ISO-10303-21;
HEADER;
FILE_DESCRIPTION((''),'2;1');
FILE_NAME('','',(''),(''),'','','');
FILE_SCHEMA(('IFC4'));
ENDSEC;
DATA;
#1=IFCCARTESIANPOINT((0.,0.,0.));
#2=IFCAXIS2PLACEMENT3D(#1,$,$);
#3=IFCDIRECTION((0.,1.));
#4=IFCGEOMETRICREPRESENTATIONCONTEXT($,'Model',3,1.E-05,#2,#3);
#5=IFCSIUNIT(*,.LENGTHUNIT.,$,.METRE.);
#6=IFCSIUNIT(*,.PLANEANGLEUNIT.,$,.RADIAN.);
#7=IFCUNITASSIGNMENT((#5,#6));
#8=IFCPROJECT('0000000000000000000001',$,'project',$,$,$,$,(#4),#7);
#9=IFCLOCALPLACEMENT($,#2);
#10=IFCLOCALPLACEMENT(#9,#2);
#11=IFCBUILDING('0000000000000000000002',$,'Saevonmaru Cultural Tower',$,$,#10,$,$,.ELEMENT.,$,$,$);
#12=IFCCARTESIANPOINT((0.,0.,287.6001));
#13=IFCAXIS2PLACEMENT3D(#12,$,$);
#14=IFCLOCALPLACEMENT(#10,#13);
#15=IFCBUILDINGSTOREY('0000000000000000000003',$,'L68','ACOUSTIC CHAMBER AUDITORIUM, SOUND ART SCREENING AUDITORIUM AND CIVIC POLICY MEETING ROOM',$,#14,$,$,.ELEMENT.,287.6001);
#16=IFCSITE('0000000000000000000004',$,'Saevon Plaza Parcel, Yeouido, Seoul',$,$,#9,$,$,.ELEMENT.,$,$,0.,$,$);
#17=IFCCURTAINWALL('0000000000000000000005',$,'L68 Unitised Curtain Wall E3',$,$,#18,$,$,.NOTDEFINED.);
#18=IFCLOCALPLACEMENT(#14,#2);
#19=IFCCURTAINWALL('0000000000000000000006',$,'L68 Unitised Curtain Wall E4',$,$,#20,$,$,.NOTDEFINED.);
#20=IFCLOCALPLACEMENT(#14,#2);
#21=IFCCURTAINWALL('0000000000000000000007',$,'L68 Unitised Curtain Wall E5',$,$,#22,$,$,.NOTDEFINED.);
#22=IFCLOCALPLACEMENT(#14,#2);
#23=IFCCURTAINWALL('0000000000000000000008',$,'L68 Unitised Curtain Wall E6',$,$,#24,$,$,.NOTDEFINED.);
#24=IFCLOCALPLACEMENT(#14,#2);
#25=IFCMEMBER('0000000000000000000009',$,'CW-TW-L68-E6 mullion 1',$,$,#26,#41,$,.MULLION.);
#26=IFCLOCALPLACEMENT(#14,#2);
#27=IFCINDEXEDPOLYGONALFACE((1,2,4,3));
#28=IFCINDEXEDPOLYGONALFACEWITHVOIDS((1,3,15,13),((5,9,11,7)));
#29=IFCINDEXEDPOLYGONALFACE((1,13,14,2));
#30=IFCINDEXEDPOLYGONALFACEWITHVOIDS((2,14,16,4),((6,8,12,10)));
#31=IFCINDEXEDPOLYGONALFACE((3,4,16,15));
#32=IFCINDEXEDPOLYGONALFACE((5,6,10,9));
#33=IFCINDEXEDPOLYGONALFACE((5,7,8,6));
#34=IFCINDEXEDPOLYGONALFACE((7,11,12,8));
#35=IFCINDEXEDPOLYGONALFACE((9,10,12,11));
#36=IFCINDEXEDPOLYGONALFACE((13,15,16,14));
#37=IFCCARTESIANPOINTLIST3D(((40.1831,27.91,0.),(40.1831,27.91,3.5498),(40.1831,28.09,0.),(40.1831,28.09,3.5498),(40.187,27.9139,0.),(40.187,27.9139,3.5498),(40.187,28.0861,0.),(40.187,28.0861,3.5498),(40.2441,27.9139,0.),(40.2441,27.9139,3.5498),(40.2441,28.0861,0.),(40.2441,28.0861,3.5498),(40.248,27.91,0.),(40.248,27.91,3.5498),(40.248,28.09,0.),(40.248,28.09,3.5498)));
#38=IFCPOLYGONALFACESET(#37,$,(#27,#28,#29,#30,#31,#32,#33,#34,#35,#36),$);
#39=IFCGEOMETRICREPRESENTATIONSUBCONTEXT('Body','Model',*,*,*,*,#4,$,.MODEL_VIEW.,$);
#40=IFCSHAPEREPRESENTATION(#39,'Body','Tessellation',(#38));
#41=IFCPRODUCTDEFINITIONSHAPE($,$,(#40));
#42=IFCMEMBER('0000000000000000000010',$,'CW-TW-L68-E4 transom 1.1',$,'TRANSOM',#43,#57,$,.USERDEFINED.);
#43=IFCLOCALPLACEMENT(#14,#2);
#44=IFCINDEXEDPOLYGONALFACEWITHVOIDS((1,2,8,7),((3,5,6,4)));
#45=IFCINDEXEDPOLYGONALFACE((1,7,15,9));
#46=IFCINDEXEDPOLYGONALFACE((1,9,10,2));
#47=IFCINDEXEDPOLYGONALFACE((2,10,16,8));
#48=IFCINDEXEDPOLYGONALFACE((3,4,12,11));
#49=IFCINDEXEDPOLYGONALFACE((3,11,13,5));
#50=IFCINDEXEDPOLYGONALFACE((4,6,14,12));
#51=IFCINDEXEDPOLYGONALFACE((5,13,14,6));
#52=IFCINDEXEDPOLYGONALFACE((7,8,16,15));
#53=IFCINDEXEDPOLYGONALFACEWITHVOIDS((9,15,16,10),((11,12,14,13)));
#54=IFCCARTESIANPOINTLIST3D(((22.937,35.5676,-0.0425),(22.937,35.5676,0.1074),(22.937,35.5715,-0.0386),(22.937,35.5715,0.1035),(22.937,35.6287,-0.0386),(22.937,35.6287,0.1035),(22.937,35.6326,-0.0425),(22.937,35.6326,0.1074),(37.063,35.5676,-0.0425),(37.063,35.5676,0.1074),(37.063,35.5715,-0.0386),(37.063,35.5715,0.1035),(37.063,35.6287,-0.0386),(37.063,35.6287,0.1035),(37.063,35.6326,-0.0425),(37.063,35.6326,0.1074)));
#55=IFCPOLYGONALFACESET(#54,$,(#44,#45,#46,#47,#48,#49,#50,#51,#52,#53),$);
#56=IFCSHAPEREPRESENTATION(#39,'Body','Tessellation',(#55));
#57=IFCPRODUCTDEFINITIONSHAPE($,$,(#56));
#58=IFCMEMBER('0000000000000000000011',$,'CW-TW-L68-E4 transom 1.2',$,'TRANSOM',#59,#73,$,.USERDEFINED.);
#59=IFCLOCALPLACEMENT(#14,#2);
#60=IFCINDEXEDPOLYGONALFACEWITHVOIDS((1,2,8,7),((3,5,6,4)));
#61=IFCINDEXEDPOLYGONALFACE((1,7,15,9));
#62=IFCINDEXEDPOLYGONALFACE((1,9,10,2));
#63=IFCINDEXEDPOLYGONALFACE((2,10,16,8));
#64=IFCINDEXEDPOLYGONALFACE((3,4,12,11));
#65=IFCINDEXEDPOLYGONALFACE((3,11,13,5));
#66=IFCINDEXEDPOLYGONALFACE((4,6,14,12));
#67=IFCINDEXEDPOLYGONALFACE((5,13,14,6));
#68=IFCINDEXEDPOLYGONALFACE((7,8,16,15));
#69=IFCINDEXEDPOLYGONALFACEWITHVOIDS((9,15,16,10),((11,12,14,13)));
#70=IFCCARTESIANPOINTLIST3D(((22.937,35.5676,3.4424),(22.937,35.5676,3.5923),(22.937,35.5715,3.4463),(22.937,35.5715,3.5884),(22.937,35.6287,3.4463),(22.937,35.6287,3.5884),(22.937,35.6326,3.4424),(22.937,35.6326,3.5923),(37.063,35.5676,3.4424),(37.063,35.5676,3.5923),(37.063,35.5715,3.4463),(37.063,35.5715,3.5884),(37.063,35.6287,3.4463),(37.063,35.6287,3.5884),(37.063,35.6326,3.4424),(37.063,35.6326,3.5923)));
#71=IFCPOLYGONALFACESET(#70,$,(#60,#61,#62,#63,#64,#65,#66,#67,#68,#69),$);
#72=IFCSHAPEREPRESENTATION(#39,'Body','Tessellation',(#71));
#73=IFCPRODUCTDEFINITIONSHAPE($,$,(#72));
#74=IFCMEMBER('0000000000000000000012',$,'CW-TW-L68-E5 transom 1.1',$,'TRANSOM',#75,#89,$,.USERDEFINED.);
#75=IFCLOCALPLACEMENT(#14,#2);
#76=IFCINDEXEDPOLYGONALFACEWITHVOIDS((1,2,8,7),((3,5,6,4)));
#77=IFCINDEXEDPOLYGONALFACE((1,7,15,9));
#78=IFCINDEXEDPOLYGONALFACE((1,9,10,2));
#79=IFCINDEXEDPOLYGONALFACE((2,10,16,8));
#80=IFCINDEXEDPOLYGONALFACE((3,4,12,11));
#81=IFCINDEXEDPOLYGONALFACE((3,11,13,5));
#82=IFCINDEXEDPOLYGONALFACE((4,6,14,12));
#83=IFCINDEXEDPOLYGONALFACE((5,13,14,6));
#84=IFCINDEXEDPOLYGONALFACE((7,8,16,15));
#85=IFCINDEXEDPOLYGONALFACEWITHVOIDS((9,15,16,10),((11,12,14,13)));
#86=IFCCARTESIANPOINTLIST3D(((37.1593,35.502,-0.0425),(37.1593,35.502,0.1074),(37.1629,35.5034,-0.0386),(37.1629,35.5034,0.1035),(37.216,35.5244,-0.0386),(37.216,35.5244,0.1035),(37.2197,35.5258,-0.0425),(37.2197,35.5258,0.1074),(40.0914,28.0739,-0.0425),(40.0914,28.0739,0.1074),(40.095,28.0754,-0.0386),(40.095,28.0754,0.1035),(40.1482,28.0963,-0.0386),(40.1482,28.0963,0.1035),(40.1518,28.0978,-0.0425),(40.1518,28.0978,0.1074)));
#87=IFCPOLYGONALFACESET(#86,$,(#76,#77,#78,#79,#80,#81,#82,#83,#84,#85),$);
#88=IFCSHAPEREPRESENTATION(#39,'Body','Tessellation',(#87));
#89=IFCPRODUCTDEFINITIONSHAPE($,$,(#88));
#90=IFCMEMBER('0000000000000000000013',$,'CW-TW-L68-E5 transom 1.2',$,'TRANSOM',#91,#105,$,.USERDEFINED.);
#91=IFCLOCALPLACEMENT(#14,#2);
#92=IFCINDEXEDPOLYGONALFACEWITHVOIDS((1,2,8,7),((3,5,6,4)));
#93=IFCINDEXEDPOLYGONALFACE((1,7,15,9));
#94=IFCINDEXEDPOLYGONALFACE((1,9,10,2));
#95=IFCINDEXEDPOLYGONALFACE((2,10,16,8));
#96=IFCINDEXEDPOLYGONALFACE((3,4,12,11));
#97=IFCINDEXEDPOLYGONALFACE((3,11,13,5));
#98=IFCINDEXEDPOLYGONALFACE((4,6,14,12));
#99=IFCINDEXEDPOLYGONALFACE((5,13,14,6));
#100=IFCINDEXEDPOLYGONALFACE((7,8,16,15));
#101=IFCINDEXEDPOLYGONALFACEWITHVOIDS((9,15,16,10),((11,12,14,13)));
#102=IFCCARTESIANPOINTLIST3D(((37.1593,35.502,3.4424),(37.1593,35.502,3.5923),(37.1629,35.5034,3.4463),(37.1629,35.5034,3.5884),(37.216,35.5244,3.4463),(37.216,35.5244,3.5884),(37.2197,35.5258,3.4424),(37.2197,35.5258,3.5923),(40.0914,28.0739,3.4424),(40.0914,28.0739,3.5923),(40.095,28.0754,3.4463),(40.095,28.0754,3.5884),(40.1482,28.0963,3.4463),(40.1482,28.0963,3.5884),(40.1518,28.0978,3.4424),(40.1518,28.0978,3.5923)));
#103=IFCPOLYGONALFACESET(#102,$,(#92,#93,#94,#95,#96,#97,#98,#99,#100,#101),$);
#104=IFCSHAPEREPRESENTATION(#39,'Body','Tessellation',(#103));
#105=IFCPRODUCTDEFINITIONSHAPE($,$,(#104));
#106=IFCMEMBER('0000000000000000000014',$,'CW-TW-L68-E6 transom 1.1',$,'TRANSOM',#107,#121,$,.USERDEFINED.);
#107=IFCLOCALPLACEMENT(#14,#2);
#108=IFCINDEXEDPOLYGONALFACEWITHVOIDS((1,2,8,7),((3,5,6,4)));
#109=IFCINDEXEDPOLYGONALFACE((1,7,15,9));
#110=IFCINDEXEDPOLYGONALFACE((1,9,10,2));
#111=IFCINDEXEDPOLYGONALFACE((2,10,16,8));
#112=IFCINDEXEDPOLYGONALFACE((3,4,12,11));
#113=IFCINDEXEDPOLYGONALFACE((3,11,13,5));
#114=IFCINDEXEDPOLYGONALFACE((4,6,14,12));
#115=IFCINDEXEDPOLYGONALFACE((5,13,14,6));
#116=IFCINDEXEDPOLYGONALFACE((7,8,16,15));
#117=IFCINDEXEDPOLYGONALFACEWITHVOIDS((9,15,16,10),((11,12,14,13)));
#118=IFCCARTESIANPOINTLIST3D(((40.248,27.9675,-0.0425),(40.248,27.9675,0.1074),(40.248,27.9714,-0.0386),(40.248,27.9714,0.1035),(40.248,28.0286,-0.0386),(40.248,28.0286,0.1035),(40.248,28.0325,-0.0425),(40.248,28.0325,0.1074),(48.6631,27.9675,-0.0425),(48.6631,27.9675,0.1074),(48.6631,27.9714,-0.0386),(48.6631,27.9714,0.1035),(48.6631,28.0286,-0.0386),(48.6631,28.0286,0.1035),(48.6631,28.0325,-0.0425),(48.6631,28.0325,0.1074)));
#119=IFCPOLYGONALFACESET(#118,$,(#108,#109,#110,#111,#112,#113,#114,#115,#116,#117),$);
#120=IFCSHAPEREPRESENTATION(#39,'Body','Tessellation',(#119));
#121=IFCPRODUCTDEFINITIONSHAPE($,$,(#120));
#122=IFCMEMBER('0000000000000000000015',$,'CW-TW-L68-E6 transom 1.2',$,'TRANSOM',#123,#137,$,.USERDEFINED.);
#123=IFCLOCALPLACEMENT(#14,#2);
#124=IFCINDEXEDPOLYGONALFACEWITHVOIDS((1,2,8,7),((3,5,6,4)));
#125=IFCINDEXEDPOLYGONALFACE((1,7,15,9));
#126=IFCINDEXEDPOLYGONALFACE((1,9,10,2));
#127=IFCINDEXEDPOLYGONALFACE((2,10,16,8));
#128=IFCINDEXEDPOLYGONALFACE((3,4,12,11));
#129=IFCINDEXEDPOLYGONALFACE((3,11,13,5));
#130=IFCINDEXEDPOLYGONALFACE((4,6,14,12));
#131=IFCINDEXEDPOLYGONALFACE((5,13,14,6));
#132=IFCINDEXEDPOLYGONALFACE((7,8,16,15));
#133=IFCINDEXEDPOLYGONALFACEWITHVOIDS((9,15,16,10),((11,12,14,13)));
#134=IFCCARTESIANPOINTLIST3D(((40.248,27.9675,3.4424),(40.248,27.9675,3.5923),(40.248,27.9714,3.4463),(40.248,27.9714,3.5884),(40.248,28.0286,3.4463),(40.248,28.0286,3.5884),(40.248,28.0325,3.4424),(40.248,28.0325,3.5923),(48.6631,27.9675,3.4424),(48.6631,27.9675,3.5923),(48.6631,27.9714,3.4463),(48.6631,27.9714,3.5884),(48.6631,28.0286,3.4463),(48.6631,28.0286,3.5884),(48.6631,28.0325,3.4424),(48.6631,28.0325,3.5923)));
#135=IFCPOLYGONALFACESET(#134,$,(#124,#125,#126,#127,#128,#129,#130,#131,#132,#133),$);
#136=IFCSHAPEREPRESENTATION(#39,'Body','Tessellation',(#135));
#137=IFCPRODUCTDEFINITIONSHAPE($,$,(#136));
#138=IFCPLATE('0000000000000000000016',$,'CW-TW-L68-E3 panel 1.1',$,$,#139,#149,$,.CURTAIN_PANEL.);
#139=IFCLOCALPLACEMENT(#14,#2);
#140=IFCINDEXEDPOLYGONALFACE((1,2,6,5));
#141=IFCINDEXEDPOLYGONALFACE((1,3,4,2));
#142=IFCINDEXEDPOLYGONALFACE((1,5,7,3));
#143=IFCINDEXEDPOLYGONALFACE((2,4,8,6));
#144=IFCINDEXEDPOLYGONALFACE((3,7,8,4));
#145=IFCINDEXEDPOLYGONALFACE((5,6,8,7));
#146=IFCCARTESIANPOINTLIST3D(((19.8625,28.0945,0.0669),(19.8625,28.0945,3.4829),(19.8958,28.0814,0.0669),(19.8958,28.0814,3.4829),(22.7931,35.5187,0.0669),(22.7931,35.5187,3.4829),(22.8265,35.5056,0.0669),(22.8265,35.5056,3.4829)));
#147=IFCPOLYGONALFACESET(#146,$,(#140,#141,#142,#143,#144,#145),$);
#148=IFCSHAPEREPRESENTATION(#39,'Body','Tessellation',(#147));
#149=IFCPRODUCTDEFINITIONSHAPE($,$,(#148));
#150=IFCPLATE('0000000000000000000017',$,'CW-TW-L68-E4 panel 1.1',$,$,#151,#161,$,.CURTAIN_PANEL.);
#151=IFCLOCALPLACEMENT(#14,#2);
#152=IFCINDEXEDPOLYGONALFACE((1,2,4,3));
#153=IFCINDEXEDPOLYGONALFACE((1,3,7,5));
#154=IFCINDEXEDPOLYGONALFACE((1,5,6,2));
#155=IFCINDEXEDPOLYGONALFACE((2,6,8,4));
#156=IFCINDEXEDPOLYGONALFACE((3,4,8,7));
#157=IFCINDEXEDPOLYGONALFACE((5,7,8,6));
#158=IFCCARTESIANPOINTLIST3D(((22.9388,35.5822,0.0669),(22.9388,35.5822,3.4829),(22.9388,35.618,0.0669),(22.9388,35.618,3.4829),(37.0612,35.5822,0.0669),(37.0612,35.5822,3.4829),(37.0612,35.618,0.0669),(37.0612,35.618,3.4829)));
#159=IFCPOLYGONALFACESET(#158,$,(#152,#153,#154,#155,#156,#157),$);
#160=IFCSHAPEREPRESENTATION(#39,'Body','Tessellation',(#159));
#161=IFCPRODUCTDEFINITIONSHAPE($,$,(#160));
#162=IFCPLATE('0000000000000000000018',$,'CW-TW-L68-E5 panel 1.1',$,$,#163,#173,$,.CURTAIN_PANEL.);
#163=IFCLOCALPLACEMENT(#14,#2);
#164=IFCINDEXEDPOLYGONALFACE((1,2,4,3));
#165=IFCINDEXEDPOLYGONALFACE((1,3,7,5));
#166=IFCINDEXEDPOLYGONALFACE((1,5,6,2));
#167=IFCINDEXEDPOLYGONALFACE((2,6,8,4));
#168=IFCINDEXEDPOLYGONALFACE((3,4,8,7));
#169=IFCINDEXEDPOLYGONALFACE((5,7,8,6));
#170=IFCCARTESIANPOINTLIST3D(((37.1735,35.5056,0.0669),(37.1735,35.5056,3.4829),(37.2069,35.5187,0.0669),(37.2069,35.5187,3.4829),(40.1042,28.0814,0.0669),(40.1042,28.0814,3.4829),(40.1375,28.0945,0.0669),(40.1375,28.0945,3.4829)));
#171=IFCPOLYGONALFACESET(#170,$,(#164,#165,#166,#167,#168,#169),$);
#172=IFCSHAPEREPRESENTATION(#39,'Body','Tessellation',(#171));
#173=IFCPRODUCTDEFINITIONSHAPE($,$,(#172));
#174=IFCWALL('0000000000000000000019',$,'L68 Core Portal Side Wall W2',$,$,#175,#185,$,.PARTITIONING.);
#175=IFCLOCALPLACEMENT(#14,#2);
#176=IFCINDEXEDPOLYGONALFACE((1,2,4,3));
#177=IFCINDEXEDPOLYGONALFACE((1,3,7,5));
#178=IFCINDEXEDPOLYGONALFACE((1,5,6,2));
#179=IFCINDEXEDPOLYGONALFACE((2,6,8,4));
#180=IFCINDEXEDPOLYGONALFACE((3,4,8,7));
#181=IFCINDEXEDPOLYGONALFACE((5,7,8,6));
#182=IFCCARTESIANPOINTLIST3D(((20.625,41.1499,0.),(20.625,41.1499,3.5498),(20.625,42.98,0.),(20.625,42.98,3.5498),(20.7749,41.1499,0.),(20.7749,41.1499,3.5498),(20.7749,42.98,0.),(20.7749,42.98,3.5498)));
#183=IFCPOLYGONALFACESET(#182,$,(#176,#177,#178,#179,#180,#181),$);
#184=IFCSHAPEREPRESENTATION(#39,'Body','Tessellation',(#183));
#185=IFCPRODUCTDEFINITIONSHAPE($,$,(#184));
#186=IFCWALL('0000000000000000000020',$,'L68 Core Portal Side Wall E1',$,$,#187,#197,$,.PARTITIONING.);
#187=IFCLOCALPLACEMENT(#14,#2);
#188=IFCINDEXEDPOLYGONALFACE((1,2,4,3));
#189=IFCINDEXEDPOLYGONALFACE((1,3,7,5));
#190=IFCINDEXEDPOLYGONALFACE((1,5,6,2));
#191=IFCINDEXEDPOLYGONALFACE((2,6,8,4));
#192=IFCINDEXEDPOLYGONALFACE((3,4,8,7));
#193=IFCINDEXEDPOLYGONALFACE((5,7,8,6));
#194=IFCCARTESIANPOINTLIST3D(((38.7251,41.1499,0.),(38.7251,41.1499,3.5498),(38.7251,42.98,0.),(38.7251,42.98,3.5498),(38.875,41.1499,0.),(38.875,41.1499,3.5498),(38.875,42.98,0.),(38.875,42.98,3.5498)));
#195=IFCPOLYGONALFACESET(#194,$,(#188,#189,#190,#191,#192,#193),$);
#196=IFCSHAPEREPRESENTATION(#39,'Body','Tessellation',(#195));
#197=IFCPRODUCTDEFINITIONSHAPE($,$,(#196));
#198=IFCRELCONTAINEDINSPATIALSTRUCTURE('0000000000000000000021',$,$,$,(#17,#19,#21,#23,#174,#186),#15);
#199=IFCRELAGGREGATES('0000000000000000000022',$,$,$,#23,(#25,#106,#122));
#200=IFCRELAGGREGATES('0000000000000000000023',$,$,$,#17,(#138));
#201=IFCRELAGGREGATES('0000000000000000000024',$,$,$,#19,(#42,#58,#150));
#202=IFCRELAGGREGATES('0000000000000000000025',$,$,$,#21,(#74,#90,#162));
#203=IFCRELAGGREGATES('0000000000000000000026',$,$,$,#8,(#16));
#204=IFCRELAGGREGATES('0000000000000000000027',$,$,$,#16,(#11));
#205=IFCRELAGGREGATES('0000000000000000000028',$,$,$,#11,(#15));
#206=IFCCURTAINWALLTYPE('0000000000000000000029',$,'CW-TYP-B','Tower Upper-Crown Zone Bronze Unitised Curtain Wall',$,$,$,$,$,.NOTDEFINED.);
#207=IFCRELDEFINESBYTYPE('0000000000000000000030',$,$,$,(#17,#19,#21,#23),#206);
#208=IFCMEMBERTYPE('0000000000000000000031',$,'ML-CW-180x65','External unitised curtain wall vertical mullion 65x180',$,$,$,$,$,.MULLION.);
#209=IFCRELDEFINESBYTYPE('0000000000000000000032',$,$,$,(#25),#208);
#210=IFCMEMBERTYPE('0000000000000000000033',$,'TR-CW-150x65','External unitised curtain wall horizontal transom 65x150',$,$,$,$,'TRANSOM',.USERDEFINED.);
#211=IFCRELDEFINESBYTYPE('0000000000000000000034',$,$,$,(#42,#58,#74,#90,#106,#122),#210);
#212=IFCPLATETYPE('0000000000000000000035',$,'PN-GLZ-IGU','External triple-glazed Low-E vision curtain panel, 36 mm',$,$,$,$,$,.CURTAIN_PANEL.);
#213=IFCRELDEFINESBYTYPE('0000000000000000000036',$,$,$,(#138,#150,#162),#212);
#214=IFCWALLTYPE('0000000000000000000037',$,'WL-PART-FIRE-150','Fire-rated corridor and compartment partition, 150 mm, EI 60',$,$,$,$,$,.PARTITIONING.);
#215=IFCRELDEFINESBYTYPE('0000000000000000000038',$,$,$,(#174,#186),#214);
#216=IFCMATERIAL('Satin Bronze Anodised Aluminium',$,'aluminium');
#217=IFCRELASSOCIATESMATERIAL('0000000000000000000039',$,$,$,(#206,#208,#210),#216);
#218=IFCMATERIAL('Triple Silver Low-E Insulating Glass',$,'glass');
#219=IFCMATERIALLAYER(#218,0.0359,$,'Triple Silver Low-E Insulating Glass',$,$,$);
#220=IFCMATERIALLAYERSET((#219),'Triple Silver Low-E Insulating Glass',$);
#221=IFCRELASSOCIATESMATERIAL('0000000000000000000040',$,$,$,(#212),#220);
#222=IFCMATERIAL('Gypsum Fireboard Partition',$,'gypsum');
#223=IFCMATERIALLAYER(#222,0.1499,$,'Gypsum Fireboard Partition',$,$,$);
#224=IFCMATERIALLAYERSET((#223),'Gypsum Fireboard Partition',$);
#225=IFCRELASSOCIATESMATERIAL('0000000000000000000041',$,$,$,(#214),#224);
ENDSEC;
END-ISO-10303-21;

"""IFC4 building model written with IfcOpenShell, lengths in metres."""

from ifc_helpers import new_model, si_unit, direction, frame, frame_2d, origin, origin_2d, place, context, subcontext, project, spatial, rectangle, hollow_rectangle, extrude, material, layer, layer_set, material_profile, profile_set, type_object, element, aggregate, save


model = new_model("IFC4")

# Units and contexts
model_context = context("Model", 3, precision=1e-05, world=origin(), true_north=direction((0.0, 1.0)))
body_context = subcontext(model_context, "Body", "Model", "MODEL_VIEW")
ifc_project = project(units=[si_unit("LENGTHUNIT", "METRE"), si_unit("PLANEANGLEUNIT", "RADIAN")], contexts=[model_context])

# Site, building, storey
site_placement = place(None, origin())
site = spatial("IfcSite", under=ifc_project, at=site_placement, Name="Saevon Plaza Parcel, Yeouido, Seoul", CompositionType="ELEMENT", RefElevation=0.0)
building_placement = place(site_placement, origin())
building = spatial("IfcBuilding", under=site, at=building_placement, Name="Saevonmaru Cultural Tower", CompositionType="ELEMENT")
storey_placement = place(building_placement, frame((0.0, 0.0, 287.6001)))
storey = spatial("IfcBuildingStorey", under=building, at=storey_placement, Name="L68", Description="ACOUSTIC CHAMBER AUDITORIUM, SOUND ART SCREENING AUDITORIUM AND CIVIC POLICY MEETING ROOM", CompositionType="ELEMENT", Elevation=287.6001)

# Curtain wall
ifc_material_1 = material(Name="Satin Bronze Anodised Aluminium", Category="aluminium")
curtain_wall_type = type_object("IfcCurtainWallType", Name="CW-TYP-B", Description="Tower Upper-Crown Zone Bronze Unitised Curtain Wall", PredefinedType="NOTDEFINED", material=ifc_material_1)
curtain_wall_1_placement = place(storey_placement, origin())
curtain_wall_1 = element("IfcCurtainWall", 1, at=curtain_wall_1_placement, inside=storey, type_object=curtain_wall_type, Name="L68 Unitised Curtain Wall E3", PredefinedType="NOTDEFINED")
ifc_material_profile_1 = material_profile(ifc_material_1, hollow_rectangle(XDim=0.0649, YDim=0.1799, WallThickness=0.0039, at=origin_2d()), Name="ALU-MULL-180x65x4")
ifc_profile_set_1 = profile_set([ifc_material_profile_1], Name="Satin Bronze Anodised Aluminium")
member_type_1 = type_object("IfcMemberType", Name="ML-CW-180x65", Description="External unitised curtain wall vertical mullion 65x180", PredefinedType="MULLION", material=ifc_profile_set_1)

# Curtain walls
curtain_wall_2_placement = place(storey_placement, origin())
curtain_wall_2 = element("IfcCurtainWall", 2, at=curtain_wall_2_placement, inside=storey, type_object=curtain_wall_type, Name="L68 Unitised Curtain Wall E4", PredefinedType="NOTDEFINED")
curtain_wall_3_placement = place(storey_placement, origin())
curtain_wall_3 = element("IfcCurtainWall", 3, at=curtain_wall_3_placement, inside=storey, type_object=curtain_wall_type, Name="L68 Unitised Curtain Wall E5", PredefinedType="NOTDEFINED")

# Curtain wall, member
curtain_wall_4_placement = place(storey_placement, origin())
curtain_wall_4 = element("IfcCurtainWall", 4, at=curtain_wall_4_placement, inside=storey, type_object=curtain_wall_type, Name="L68 Unitised Curtain Wall E6", PredefinedType="NOTDEFINED")
member_1_placement = place(storey_placement, frame((40.2156, 28.0, 0.0), z_axis=(0.0, 0.0, 1.0), x_axis=(1.0, 0.0, 0.0)))
member_1 = element("IfcMember", 5, at=member_1_placement, type_object=member_type_1, Name="CW-TW-L68-E6 mullion 1", PredefinedType="MULLION", context=body_context, shape_type="SweptSolid", body=[
    extrude(hollow_rectangle(XDim=0.0649, YDim=0.1799, WallThickness=0.0039, at=origin_2d()), origin(), (0.0, 0.0, 1.0), 3.5498),
])

# Members
ifc_material_profile_2 = material_profile(ifc_material_1, hollow_rectangle(XDim=0.0649, YDim=0.1499, WallThickness=0.0039, at=origin_2d()), Name="ALU-TRAN-150x65x4")
ifc_profile_set_2 = profile_set([ifc_material_profile_2], Name="Satin Bronze Anodised Aluminium")
member_type_2 = type_object("IfcMemberType", Name="TR-CW-150x65", Description="External unitised curtain wall horizontal transom 65x150", ElementType="TRANSOM", PredefinedType="USERDEFINED", material=ifc_profile_set_2)
member_2_placement = place(storey_placement, frame((22.937, 35.6001, 0.0325), z_axis=(1.0, 0.0, 0.0), x_axis=(0.0, 1.0, 0.0)))
member_2 = element("IfcMember", 6, at=member_2_placement, type_object=member_type_2, Name="CW-TW-L68-E4 transom 1.1", ObjectType="TRANSOM", PredefinedType="USERDEFINED", context=body_context, shape_type="SweptSolid", body=[
    extrude(hollow_rectangle(XDim=0.0649, YDim=0.1499, WallThickness=0.0039, at=origin_2d()), origin(), (0.0, 0.0, 1.0), 14.126),
])
member_3_placement = place(storey_placement, frame((22.937, 35.6001, 3.5173), z_axis=(1.0, 0.0, 0.0), x_axis=(0.0, 1.0, 0.0)))
member_3 = element("IfcMember", 7, at=member_3_placement, type_object=member_type_2, Name="CW-TW-L68-E4 transom 1.2", ObjectType="TRANSOM", PredefinedType="USERDEFINED", context=body_context, shape_type="SweptSolid", body=[
    extrude(hollow_rectangle(XDim=0.0649, YDim=0.1499, WallThickness=0.0039, at=origin_2d()), origin(), (0.0, 0.0, 1.0), 14.126),
])
member_4_placement = place(storey_placement, frame((37.1895, 35.5139, 0.0325), z_axis=(0.36717, -0.930154, 0.0), x_axis=(0.930154, 0.36717, 0.0)))
member_4 = element("IfcMember", 8, at=member_4_placement, type_object=member_type_2, Name="CW-TW-L68-E5 transom 1.1", ObjectType="TRANSOM", PredefinedType="USERDEFINED", context=body_context, shape_type="SweptSolid", body=[
    extrude(hollow_rectangle(XDim=0.0649, YDim=0.1499, WallThickness=0.0039, at=origin_2d()), origin(), (0.0, 0.0, 1.0), 7.9858),
])
member_5_placement = place(storey_placement, frame((37.1895, 35.5139, 3.5173), z_axis=(0.36717, -0.930154, 0.0), x_axis=(0.930154, 0.36717, 0.0)))
member_5 = element("IfcMember", 9, at=member_5_placement, type_object=member_type_2, Name="CW-TW-L68-E5 transom 1.2", ObjectType="TRANSOM", PredefinedType="USERDEFINED", context=body_context, shape_type="SweptSolid", body=[
    extrude(hollow_rectangle(XDim=0.0649, YDim=0.1499, WallThickness=0.0039, at=origin_2d()), origin(), (0.0, 0.0, 1.0), 7.9858),
])
member_6_placement = place(storey_placement, frame((40.248, 28.0, 0.0325), z_axis=(1.0, 0.0, 0.0), x_axis=(0.0, 1.0, 0.0)))
member_6 = element("IfcMember", 10, at=member_6_placement, type_object=member_type_2, Name="CW-TW-L68-E6 transom 1.1", ObjectType="TRANSOM", PredefinedType="USERDEFINED", context=body_context, shape_type="SweptSolid", body=[
    extrude(hollow_rectangle(XDim=0.0649, YDim=0.1499, WallThickness=0.0039, at=origin_2d()), origin(), (0.0, 0.0, 1.0), 8.415),
])
member_7_placement = place(storey_placement, frame((40.248, 28.0, 3.5173), z_axis=(1.0, 0.0, 0.0), x_axis=(0.0, 1.0, 0.0)))
member_7 = element("IfcMember", 11, at=member_7_placement, type_object=member_type_2, Name="CW-TW-L68-E6 transom 1.2", ObjectType="TRANSOM", PredefinedType="USERDEFINED", context=body_context, shape_type="SweptSolid", body=[
    extrude(hollow_rectangle(XDim=0.0649, YDim=0.1499, WallThickness=0.0039, at=origin_2d()), origin(), (0.0, 0.0, 1.0), 8.415),
])
aggregate(curtain_wall_4, [member_1, member_6, member_7])

# Plates
ifc_material_2 = material(Name="Triple Silver Low-E Insulating Glass", Category="glass")
ifc_layer_1 = layer(ifc_material_2, 0.0359, Name="Triple Silver Low-E Insulating Glass")
ifc_layer_set_1 = layer_set([ifc_layer_1], Name="Triple Silver Low-E Insulating Glass")
plate_type = type_object("IfcPlateType", Name="PN-GLZ-IGU", Description="External triple-glazed Low-E vision curtain panel, 36 mm", PredefinedType="CURTAIN_PANEL", material=ifc_layer_set_1)
plate_1_placement = place(storey_placement, frame((21.3445, 31.8, 0.0669), z_axis=(0.0, 0.0, 1.0), x_axis=(0.367172, 0.930153, 0.0)))
plate_1 = element("IfcPlate", 12, at=plate_1_placement, type_object=plate_type, Name="CW-TW-L68-E3 panel 1.1", PredefinedType="CURTAIN_PANEL", context=body_context, shape_type="SweptSolid", body=[
    extrude(rectangle(XDim=7.9817, YDim=0.0359, at=origin_2d()), origin(), (0.0, 0.0, 1.0), 3.416),
])
aggregate(curtain_wall_1, [plate_1])
plate_2_placement = place(storey_placement, frame((30.0, 35.6001, 0.0669), z_axis=(0.0, 0.0, 1.0), x_axis=(1.0, 0.0, 0.0)))
plate_2 = element("IfcPlate", 13, at=plate_2_placement, type_object=plate_type, Name="CW-TW-L68-E4 panel 1.1", PredefinedType="CURTAIN_PANEL", context=body_context, shape_type="SweptSolid", body=[
    extrude(rectangle(XDim=14.1223, YDim=0.0359, at=origin_2d()), origin(), (0.0, 0.0, 1.0), 3.416),
])
aggregate(curtain_wall_2, [member_2, member_3, plate_2])
plate_3_placement = place(storey_placement, frame((38.6555, 31.8, 0.0669), z_axis=(0.0, 0.0, 1.0), x_axis=(0.367172, -0.930153, 0.0)))
plate_3 = element("IfcPlate", 14, at=plate_3_placement, type_object=plate_type, Name="CW-TW-L68-E5 panel 1.1", PredefinedType="CURTAIN_PANEL", context=body_context, shape_type="SweptSolid", body=[
    extrude(rectangle(XDim=7.9817, YDim=0.0359, at=origin_2d()), origin(), (0.0, 0.0, 1.0), 3.416),
])
aggregate(curtain_wall_3, [member_4, member_5, plate_3])

# Walls
ifc_material_3 = material(Name="Gypsum Fireboard Partition", Category="gypsum")
ifc_layer_2 = layer(ifc_material_3, 0.1499, Name="Gypsum Fireboard Partition")
ifc_layer_set_2 = layer_set([ifc_layer_2], Name="Gypsum Fireboard Partition")
wall_type_1 = type_object("IfcWallType", Name="WL-PART-FIRE-150", Description="Fire-rated corridor and compartment partition, 150 mm, EI 60", PredefinedType="PARTITIONING", material=ifc_layer_set_2)
for number, where, z_axis, x_axis, name in (
    (15, (20.7, 41.1499, 0.0), (0.0, 0.0, 1.0), (0.0, 1.0, 0.0), "L68 Core Portal Side Wall W2"),
    (16, (38.8, 41.1499, 0.0), (0.0, 0.0, 1.0), (0.0, 1.0, 0.0), "L68 Core Portal Side Wall E1"),
):
    element("IfcWall", number, at=place(storey_placement, frame(where, z_axis=z_axis, x_axis=x_axis)), inside=storey, type_object=wall_type_1, Name=name, PredefinedType="PARTITIONING", context=body_context, shape_type="SweptSolid", body=[
        extrude(rectangle(XDim=1.8301, YDim=0.1499, at=frame_2d((0.915, 0.0))), origin(), (0.0, 0.0, 1.0), 3.5498),
    ])

save(model, "model.ifc")
